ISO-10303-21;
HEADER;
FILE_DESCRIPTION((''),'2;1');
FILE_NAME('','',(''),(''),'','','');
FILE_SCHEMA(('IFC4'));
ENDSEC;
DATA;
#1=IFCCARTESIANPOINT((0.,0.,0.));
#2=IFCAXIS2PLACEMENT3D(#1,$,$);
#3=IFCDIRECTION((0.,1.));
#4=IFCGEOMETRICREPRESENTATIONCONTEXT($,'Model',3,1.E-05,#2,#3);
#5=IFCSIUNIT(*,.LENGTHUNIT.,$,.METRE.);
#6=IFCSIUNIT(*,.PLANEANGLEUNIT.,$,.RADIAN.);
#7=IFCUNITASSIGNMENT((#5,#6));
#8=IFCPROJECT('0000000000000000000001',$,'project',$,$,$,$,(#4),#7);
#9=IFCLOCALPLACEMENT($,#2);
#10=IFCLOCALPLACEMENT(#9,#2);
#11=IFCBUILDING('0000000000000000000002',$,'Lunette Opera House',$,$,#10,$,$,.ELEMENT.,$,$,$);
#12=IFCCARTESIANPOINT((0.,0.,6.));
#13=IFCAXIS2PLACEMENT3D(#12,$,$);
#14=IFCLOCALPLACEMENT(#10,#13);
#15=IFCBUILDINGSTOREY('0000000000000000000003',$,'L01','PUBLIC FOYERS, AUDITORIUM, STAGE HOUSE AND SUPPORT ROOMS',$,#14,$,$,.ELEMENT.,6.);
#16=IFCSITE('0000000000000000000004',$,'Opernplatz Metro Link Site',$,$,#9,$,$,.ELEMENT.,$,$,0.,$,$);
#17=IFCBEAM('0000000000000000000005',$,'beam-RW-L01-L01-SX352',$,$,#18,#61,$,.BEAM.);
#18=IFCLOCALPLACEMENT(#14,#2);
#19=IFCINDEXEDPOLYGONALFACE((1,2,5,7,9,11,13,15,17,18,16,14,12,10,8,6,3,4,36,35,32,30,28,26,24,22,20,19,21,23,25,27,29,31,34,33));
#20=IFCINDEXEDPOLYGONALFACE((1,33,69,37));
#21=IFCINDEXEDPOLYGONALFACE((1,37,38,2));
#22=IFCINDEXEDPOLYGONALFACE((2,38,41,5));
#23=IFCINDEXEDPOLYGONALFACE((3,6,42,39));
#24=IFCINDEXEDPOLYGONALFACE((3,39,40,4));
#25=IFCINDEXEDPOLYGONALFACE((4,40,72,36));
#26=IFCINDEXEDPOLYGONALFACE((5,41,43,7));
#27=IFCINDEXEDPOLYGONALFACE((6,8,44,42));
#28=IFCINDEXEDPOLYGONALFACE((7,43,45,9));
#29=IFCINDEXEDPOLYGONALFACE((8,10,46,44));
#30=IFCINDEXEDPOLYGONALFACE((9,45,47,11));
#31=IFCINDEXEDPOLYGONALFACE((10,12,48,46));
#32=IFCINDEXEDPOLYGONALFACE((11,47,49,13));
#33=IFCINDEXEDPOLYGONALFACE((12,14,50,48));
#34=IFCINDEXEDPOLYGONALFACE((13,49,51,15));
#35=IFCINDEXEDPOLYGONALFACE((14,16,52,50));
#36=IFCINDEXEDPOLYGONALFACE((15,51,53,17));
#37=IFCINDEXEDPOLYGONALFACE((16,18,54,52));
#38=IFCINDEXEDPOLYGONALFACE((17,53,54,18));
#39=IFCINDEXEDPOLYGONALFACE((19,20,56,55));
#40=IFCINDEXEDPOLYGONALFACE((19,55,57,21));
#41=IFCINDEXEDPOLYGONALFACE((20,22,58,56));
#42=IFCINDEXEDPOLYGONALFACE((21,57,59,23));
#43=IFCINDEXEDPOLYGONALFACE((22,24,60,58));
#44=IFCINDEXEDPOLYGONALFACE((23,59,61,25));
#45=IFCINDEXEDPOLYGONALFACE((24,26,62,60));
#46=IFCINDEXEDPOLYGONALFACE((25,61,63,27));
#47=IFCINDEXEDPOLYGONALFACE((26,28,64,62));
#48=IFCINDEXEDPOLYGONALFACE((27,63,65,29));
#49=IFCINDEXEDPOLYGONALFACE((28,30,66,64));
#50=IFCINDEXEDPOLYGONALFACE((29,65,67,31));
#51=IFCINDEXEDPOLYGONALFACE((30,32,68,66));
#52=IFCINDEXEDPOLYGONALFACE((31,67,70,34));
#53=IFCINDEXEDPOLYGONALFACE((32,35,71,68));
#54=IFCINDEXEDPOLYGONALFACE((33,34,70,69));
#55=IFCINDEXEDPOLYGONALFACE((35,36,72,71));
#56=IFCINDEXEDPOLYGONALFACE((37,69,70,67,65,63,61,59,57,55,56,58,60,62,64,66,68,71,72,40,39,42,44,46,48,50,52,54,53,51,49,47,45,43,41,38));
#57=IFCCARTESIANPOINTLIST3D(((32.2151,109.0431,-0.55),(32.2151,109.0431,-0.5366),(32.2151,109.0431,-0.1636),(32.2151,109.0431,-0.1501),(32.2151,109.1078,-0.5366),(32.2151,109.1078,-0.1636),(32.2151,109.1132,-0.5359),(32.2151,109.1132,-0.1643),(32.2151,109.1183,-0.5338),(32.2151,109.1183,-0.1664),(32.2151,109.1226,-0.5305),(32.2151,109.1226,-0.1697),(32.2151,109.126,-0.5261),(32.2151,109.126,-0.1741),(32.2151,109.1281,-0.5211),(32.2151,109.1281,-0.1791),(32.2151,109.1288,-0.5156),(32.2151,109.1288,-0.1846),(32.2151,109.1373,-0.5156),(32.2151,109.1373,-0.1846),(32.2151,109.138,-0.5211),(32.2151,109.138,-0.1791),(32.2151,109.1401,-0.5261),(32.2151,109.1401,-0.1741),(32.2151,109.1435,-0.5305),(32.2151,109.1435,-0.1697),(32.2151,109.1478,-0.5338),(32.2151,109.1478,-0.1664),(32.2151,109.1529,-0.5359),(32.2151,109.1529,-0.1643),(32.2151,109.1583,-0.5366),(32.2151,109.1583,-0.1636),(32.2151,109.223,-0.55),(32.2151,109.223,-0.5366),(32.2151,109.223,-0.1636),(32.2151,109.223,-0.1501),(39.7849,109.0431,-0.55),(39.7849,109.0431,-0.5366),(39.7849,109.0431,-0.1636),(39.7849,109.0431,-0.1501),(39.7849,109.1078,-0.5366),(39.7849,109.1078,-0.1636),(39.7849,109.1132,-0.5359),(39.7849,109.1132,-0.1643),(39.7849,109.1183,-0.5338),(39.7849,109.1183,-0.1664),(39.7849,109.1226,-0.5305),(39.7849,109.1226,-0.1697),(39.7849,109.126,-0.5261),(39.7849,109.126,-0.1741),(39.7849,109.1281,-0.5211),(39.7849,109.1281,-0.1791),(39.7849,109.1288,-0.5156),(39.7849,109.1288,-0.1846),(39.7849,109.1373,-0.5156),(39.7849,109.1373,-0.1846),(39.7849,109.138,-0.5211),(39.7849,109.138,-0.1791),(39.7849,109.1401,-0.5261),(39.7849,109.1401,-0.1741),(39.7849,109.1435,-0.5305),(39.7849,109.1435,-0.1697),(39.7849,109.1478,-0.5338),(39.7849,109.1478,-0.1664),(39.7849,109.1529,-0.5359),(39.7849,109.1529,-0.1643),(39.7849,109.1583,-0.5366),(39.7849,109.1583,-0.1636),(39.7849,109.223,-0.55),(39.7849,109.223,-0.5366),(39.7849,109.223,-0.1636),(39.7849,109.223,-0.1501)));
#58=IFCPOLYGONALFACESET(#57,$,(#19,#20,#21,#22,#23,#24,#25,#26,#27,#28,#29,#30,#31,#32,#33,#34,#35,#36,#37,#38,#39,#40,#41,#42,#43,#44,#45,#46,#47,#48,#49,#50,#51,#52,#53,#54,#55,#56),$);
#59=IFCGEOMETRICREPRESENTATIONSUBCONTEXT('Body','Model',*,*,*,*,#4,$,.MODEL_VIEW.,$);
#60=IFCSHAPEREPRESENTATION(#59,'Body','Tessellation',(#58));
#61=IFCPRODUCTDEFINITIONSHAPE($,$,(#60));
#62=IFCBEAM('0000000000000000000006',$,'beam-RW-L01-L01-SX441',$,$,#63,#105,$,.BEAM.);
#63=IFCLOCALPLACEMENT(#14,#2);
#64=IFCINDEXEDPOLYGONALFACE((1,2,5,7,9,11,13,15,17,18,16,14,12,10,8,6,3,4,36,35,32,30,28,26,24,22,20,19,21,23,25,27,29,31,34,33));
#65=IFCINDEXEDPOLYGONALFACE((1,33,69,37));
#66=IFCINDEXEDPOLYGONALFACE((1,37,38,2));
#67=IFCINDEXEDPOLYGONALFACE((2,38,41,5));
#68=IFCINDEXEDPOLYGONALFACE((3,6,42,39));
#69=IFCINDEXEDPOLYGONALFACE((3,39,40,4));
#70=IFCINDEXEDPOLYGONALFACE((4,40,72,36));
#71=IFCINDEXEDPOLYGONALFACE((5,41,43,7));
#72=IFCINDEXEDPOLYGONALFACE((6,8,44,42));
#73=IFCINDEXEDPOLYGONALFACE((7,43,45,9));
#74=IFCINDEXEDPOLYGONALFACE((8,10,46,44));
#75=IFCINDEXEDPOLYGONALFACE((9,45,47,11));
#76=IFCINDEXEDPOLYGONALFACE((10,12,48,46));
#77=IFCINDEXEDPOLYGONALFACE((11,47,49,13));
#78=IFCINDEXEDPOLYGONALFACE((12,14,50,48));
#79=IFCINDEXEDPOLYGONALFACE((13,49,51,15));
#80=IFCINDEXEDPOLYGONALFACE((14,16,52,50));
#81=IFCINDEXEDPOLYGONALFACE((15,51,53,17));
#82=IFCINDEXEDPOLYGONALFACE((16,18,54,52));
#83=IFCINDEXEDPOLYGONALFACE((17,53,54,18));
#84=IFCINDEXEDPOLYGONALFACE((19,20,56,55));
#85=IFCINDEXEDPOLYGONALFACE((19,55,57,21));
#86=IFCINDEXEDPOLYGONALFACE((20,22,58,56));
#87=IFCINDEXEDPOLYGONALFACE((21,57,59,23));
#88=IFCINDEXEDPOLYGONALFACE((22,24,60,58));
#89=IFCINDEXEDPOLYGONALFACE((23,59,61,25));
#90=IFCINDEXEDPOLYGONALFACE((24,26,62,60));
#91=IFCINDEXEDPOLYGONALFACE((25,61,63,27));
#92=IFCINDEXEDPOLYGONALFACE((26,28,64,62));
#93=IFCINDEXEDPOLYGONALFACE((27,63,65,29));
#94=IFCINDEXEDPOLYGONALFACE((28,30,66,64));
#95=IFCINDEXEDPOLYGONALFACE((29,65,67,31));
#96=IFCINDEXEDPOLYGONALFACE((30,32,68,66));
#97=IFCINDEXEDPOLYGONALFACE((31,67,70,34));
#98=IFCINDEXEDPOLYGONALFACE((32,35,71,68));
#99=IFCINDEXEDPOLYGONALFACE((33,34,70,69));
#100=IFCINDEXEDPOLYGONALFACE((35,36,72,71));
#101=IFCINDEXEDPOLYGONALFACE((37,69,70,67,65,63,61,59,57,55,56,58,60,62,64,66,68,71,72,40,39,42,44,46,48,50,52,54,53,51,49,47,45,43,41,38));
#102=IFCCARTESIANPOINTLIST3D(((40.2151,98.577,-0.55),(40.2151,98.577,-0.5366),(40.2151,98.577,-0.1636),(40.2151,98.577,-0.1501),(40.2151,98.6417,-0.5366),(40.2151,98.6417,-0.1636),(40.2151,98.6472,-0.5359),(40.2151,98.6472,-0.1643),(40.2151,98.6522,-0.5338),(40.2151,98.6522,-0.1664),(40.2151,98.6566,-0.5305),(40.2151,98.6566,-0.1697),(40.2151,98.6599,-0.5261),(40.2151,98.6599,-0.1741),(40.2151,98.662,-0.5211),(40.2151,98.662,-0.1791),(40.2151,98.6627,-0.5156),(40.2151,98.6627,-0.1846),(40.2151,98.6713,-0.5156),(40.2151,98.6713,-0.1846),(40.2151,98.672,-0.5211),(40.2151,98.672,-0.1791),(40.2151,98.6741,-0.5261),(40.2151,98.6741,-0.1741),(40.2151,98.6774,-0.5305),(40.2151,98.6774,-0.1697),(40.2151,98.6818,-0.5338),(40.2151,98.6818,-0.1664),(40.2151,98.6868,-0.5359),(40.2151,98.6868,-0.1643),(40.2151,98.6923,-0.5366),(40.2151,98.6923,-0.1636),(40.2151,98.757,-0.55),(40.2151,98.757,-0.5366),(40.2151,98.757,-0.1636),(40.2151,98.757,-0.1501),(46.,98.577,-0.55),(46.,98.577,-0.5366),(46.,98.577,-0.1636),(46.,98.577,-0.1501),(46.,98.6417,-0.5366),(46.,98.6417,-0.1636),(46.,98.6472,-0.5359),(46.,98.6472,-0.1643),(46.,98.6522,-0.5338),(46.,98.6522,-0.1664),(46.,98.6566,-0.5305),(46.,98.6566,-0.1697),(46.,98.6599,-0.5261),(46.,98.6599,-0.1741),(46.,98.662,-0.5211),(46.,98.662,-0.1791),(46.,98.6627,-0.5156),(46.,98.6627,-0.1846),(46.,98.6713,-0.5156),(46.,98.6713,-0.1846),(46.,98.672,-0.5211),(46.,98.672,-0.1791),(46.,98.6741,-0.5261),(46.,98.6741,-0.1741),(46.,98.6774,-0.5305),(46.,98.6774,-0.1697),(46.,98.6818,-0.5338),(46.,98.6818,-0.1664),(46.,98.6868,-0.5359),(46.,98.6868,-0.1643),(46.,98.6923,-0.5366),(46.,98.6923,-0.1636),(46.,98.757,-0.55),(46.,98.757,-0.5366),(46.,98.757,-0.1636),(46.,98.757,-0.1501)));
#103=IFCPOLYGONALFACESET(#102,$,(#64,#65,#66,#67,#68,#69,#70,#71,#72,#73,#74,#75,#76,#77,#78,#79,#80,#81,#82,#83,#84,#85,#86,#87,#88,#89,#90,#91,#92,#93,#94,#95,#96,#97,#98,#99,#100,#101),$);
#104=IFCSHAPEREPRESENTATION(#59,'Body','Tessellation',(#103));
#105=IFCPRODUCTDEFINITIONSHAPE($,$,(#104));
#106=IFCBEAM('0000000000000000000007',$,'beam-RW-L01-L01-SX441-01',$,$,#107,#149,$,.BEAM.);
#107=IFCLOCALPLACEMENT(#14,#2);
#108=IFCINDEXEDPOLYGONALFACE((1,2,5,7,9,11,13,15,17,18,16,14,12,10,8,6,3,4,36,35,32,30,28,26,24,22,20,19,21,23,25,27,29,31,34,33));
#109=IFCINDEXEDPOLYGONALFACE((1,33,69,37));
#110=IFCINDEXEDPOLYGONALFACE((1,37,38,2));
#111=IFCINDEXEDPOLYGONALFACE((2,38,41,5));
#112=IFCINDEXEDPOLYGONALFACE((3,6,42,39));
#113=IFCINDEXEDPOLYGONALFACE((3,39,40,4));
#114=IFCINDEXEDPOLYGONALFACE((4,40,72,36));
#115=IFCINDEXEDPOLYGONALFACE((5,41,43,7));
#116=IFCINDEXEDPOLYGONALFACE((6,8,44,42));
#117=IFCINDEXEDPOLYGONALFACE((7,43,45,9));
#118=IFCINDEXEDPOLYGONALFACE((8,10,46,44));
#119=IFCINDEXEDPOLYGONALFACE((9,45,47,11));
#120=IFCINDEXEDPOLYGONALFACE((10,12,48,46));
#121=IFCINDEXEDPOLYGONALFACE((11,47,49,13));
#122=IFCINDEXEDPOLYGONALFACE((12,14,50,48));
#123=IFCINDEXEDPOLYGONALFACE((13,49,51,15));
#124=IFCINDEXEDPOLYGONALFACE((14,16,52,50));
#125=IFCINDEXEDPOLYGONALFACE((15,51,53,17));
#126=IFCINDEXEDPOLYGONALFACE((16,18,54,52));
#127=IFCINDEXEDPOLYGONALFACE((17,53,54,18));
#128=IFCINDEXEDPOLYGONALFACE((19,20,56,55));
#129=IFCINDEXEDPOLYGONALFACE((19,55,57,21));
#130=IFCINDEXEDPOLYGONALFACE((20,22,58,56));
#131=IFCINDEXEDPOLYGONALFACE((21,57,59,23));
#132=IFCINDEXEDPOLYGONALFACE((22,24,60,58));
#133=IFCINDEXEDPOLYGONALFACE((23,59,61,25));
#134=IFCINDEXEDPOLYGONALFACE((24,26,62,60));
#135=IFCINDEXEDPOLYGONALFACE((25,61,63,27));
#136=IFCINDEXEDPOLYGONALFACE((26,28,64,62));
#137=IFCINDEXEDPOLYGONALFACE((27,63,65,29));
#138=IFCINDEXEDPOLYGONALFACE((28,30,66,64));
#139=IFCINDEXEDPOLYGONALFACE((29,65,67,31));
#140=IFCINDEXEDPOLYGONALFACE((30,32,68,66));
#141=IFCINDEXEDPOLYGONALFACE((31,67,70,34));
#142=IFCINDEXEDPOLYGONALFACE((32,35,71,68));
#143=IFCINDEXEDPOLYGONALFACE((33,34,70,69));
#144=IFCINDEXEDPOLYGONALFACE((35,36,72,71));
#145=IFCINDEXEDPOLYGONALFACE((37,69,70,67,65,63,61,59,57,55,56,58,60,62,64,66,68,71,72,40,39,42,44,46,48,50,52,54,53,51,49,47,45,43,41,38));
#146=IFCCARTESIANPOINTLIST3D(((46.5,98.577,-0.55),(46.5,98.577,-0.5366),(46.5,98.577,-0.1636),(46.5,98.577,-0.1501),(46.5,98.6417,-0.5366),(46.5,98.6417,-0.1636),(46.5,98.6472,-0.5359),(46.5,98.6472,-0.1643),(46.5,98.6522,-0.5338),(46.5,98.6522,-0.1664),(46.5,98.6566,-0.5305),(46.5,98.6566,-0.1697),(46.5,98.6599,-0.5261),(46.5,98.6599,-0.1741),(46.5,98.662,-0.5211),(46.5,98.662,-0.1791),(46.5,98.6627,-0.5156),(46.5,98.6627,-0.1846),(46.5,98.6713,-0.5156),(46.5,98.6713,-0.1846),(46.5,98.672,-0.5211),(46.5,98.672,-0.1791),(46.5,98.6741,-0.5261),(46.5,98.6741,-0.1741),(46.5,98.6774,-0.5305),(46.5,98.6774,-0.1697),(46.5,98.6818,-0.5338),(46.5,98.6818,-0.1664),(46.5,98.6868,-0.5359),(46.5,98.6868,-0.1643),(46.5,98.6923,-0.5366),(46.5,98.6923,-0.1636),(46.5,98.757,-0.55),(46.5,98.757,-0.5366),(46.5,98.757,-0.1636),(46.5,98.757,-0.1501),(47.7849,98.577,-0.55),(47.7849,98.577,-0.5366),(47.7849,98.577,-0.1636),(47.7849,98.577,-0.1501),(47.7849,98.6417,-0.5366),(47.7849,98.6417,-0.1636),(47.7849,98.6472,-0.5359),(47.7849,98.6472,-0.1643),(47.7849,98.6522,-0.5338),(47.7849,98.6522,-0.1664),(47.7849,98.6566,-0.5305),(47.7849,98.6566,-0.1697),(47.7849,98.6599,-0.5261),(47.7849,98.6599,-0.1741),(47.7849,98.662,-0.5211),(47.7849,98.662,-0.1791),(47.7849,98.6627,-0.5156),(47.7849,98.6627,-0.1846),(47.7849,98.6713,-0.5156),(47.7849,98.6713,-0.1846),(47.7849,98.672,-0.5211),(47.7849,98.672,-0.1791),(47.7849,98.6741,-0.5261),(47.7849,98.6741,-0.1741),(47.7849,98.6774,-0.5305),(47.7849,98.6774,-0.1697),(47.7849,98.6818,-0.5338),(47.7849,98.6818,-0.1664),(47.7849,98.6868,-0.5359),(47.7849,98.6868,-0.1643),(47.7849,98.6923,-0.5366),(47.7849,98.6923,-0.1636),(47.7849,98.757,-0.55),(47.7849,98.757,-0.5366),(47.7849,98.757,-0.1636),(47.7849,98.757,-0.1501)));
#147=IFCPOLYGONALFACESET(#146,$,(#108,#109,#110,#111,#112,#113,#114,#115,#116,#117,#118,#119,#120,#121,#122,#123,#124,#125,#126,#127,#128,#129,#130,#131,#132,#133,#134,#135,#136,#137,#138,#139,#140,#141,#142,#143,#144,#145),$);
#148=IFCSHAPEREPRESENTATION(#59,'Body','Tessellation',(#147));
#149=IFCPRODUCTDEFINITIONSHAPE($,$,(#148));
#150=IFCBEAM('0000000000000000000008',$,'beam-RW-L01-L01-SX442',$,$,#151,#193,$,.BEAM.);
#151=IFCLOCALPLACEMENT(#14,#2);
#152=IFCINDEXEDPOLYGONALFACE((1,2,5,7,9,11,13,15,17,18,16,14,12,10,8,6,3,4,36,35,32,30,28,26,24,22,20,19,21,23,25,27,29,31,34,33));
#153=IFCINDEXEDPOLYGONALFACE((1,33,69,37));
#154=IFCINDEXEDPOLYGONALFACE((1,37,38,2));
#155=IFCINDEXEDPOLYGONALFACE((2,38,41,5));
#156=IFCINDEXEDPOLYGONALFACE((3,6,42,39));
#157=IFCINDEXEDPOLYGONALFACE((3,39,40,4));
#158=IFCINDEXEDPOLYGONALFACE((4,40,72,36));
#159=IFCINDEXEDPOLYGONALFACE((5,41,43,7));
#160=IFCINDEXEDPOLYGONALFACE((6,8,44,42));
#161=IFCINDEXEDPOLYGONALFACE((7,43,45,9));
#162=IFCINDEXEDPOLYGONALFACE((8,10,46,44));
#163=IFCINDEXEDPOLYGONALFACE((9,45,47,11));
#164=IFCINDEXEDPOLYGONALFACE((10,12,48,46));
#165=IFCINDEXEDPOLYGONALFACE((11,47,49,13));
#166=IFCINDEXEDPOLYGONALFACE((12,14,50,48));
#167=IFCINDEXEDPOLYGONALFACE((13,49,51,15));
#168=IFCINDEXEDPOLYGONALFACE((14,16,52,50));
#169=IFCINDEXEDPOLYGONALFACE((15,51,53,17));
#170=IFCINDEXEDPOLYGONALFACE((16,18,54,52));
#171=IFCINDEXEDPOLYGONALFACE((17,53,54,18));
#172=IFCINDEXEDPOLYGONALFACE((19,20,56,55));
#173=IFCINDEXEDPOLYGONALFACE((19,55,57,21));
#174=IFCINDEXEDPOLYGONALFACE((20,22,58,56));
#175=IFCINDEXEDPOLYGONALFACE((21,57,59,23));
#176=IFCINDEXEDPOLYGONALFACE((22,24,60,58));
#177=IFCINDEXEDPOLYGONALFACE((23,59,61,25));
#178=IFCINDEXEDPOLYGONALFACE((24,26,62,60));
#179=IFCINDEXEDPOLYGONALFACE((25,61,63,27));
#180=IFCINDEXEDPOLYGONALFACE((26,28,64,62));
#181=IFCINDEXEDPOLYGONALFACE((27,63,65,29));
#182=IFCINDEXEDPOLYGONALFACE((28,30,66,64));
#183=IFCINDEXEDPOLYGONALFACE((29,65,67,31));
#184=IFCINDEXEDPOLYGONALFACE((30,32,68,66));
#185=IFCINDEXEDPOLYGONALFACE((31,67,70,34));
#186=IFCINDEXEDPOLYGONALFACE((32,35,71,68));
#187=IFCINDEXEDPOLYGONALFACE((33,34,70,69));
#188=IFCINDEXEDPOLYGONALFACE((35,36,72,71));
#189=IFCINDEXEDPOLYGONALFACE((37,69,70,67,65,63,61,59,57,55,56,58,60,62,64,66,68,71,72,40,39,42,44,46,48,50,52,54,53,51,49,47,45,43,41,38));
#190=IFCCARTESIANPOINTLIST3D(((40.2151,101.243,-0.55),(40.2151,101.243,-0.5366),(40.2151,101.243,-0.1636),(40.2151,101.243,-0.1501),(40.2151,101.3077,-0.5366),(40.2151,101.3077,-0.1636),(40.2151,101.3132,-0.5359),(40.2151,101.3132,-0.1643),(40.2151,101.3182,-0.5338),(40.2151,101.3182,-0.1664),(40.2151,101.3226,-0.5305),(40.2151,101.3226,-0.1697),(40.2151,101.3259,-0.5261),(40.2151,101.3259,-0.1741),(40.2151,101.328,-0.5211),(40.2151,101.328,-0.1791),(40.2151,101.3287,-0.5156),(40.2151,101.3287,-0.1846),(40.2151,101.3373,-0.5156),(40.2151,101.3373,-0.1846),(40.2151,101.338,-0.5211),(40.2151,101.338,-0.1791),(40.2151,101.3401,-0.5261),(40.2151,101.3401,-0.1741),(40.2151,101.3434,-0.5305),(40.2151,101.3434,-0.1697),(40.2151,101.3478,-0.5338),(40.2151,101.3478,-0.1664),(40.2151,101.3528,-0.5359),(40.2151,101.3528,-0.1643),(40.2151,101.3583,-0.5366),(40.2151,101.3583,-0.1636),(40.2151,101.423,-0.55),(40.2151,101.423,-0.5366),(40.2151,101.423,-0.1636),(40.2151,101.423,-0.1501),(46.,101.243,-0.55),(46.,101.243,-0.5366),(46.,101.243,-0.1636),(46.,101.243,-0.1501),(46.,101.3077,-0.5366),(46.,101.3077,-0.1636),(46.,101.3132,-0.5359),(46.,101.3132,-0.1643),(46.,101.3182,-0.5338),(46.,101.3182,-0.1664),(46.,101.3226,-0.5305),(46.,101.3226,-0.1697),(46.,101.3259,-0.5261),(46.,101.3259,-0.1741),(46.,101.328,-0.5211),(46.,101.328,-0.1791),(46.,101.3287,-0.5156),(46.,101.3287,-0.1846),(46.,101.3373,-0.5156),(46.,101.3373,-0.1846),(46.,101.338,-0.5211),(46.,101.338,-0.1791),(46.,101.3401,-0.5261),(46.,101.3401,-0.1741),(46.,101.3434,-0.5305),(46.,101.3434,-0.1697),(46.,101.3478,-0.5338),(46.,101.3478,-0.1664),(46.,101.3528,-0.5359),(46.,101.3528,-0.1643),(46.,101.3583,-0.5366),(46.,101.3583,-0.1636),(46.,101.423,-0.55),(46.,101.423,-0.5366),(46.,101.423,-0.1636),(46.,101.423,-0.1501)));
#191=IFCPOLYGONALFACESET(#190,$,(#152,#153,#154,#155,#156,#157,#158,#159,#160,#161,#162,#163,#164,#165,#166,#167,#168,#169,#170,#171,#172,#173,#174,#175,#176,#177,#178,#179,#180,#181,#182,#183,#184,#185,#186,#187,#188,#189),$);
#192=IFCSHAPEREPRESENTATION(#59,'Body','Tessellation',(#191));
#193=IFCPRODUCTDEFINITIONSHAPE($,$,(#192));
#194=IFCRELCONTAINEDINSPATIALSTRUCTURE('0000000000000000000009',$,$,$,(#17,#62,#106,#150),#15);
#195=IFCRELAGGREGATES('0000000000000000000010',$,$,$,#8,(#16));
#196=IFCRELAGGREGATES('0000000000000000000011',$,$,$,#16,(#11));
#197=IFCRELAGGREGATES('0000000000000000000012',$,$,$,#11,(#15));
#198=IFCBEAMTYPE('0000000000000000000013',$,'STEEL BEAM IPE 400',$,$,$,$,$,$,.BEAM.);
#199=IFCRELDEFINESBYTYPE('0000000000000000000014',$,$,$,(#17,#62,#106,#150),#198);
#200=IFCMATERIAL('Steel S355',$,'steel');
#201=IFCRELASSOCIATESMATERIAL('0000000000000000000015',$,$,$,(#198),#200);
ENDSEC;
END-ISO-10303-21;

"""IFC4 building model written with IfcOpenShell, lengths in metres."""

from ifc_helpers import new_model, si_unit, direction, frame, origin, origin_2d, place, context, subcontext, project, spatial, i_section, extrude, material, material_profile, profile_set, type_object, element, save


model = new_model("IFC4")

# Units and contexts
model_context = context("Model", 3, precision=1e-05, world=origin(), true_north=direction((0.0, 1.0)))
body_context = subcontext(model_context, "Body", "Model", "MODEL_VIEW")
ifc_project = project(units=[si_unit("LENGTHUNIT", "METRE"), si_unit("PLANEANGLEUNIT", "RADIAN")], contexts=[model_context])

# Site, building, storey
site_placement = place(None, origin())
site = spatial("IfcSite", under=ifc_project, at=site_placement, Name="Opernplatz Metro Link Site", CompositionType="ELEMENT", RefElevation=0.0)
building_placement = place(site_placement, origin())
building = spatial("IfcBuilding", under=site, at=building_placement, Name="Lunette Opera House", CompositionType="ELEMENT")
storey_placement = place(building_placement, frame((0.0, 0.0, 6.0)))
storey = spatial("IfcBuildingStorey", under=building, at=storey_placement, Name="L01", Description="PUBLIC FOYERS, AUDITORIUM, STAGE HOUSE AND SUPPORT ROOMS", CompositionType="ELEMENT", Elevation=6.0)

# Beams
ifc_material_1 = material(Name="Steel S355", Category="steel")
ifc_material_profile_1 = material_profile(ifc_material_1, i_section(OverallWidth=0.1799, OverallDepth=0.3999, WebThickness=0.0085, FlangeThickness=0.0134, FilletRadius=0.021, at=origin_2d()), Name="IPE 400")
ifc_profile_set_1 = profile_set([ifc_material_profile_1], Name="Steel S355")
beam_type_1 = type_object("IfcBeamType", Name="STEEL BEAM IPE 400", PredefinedType="BEAM", material=ifc_profile_set_1)
for number, where, z_axis, x_axis, name in (
    (1, (32.2151, 109.1331, -0.3501), (1.0, 0.0, 0.0), (0.0, 1.0, 0.0), "beam-RW-L01-L01-SX352"),
):
    element("IfcBeam", number, at=place(storey_placement, frame(where, z_axis=z_axis, x_axis=x_axis)), inside=storey, type_object=beam_type_1, Name=name, PredefinedType="BEAM", context=body_context, shape_type="SweptSolid", body=[
        extrude(i_section(OverallWidth=0.1799, OverallDepth=0.3999, WebThickness=0.0085, FlangeThickness=0.0134, FilletRadius=0.021, at=origin_2d()), origin(), (0.0, 0.0, 1.0), 7.5698),
    ])
beam_1_placement = place(storey_placement, frame((40.2151, 98.667, -0.3501), z_axis=(1.0, 0.0, 0.0), x_axis=(0.0, 1.0, 0.0)))
element("IfcBeam", 2, at=beam_1_placement, inside=storey, type_object=beam_type_1, Name="beam-RW-L01-L01-SX441", PredefinedType="BEAM", context=body_context, shape_type="SweptSolid", body=[
    extrude(i_section(OverallWidth=0.1799, OverallDepth=0.3999, WebThickness=0.0085, FlangeThickness=0.0134, FilletRadius=0.021, at=origin_2d()), origin(), (0.0, 0.0, 1.0), 5.7849),
])
beam_2_placement = place(storey_placement, frame((46.5, 98.667, -0.3501), z_axis=(1.0, 0.0, 0.0), x_axis=(0.0, 1.0, 0.0)))
element("IfcBeam", 3, at=beam_2_placement, inside=storey, type_object=beam_type_1, Name="beam-RW-L01-L01-SX441-01", PredefinedType="BEAM", context=body_context, shape_type="SweptSolid", body=[
    extrude(i_section(OverallWidth=0.1799, OverallDepth=0.3999, WebThickness=0.0085, FlangeThickness=0.0134, FilletRadius=0.021, at=origin_2d()), origin(), (0.0, 0.0, 1.0), 1.2849),
])
beam_3_placement = place(storey_placement, frame((40.2151, 101.333, -0.3501), z_axis=(1.0, 0.0, 0.0), x_axis=(0.0, 1.0, 0.0)))
element("IfcBeam", 4, at=beam_3_placement, inside=storey, type_object=beam_type_1, Name="beam-RW-L01-L01-SX442", PredefinedType="BEAM", context=body_context, shape_type="SweptSolid", body=[
    extrude(i_section(OverallWidth=0.1799, OverallDepth=0.3999, WebThickness=0.0085, FlangeThickness=0.0134, FilletRadius=0.021, at=origin_2d()), origin(), (0.0, 0.0, 1.0), 5.7849),
])

save(model, "model.ifc")
